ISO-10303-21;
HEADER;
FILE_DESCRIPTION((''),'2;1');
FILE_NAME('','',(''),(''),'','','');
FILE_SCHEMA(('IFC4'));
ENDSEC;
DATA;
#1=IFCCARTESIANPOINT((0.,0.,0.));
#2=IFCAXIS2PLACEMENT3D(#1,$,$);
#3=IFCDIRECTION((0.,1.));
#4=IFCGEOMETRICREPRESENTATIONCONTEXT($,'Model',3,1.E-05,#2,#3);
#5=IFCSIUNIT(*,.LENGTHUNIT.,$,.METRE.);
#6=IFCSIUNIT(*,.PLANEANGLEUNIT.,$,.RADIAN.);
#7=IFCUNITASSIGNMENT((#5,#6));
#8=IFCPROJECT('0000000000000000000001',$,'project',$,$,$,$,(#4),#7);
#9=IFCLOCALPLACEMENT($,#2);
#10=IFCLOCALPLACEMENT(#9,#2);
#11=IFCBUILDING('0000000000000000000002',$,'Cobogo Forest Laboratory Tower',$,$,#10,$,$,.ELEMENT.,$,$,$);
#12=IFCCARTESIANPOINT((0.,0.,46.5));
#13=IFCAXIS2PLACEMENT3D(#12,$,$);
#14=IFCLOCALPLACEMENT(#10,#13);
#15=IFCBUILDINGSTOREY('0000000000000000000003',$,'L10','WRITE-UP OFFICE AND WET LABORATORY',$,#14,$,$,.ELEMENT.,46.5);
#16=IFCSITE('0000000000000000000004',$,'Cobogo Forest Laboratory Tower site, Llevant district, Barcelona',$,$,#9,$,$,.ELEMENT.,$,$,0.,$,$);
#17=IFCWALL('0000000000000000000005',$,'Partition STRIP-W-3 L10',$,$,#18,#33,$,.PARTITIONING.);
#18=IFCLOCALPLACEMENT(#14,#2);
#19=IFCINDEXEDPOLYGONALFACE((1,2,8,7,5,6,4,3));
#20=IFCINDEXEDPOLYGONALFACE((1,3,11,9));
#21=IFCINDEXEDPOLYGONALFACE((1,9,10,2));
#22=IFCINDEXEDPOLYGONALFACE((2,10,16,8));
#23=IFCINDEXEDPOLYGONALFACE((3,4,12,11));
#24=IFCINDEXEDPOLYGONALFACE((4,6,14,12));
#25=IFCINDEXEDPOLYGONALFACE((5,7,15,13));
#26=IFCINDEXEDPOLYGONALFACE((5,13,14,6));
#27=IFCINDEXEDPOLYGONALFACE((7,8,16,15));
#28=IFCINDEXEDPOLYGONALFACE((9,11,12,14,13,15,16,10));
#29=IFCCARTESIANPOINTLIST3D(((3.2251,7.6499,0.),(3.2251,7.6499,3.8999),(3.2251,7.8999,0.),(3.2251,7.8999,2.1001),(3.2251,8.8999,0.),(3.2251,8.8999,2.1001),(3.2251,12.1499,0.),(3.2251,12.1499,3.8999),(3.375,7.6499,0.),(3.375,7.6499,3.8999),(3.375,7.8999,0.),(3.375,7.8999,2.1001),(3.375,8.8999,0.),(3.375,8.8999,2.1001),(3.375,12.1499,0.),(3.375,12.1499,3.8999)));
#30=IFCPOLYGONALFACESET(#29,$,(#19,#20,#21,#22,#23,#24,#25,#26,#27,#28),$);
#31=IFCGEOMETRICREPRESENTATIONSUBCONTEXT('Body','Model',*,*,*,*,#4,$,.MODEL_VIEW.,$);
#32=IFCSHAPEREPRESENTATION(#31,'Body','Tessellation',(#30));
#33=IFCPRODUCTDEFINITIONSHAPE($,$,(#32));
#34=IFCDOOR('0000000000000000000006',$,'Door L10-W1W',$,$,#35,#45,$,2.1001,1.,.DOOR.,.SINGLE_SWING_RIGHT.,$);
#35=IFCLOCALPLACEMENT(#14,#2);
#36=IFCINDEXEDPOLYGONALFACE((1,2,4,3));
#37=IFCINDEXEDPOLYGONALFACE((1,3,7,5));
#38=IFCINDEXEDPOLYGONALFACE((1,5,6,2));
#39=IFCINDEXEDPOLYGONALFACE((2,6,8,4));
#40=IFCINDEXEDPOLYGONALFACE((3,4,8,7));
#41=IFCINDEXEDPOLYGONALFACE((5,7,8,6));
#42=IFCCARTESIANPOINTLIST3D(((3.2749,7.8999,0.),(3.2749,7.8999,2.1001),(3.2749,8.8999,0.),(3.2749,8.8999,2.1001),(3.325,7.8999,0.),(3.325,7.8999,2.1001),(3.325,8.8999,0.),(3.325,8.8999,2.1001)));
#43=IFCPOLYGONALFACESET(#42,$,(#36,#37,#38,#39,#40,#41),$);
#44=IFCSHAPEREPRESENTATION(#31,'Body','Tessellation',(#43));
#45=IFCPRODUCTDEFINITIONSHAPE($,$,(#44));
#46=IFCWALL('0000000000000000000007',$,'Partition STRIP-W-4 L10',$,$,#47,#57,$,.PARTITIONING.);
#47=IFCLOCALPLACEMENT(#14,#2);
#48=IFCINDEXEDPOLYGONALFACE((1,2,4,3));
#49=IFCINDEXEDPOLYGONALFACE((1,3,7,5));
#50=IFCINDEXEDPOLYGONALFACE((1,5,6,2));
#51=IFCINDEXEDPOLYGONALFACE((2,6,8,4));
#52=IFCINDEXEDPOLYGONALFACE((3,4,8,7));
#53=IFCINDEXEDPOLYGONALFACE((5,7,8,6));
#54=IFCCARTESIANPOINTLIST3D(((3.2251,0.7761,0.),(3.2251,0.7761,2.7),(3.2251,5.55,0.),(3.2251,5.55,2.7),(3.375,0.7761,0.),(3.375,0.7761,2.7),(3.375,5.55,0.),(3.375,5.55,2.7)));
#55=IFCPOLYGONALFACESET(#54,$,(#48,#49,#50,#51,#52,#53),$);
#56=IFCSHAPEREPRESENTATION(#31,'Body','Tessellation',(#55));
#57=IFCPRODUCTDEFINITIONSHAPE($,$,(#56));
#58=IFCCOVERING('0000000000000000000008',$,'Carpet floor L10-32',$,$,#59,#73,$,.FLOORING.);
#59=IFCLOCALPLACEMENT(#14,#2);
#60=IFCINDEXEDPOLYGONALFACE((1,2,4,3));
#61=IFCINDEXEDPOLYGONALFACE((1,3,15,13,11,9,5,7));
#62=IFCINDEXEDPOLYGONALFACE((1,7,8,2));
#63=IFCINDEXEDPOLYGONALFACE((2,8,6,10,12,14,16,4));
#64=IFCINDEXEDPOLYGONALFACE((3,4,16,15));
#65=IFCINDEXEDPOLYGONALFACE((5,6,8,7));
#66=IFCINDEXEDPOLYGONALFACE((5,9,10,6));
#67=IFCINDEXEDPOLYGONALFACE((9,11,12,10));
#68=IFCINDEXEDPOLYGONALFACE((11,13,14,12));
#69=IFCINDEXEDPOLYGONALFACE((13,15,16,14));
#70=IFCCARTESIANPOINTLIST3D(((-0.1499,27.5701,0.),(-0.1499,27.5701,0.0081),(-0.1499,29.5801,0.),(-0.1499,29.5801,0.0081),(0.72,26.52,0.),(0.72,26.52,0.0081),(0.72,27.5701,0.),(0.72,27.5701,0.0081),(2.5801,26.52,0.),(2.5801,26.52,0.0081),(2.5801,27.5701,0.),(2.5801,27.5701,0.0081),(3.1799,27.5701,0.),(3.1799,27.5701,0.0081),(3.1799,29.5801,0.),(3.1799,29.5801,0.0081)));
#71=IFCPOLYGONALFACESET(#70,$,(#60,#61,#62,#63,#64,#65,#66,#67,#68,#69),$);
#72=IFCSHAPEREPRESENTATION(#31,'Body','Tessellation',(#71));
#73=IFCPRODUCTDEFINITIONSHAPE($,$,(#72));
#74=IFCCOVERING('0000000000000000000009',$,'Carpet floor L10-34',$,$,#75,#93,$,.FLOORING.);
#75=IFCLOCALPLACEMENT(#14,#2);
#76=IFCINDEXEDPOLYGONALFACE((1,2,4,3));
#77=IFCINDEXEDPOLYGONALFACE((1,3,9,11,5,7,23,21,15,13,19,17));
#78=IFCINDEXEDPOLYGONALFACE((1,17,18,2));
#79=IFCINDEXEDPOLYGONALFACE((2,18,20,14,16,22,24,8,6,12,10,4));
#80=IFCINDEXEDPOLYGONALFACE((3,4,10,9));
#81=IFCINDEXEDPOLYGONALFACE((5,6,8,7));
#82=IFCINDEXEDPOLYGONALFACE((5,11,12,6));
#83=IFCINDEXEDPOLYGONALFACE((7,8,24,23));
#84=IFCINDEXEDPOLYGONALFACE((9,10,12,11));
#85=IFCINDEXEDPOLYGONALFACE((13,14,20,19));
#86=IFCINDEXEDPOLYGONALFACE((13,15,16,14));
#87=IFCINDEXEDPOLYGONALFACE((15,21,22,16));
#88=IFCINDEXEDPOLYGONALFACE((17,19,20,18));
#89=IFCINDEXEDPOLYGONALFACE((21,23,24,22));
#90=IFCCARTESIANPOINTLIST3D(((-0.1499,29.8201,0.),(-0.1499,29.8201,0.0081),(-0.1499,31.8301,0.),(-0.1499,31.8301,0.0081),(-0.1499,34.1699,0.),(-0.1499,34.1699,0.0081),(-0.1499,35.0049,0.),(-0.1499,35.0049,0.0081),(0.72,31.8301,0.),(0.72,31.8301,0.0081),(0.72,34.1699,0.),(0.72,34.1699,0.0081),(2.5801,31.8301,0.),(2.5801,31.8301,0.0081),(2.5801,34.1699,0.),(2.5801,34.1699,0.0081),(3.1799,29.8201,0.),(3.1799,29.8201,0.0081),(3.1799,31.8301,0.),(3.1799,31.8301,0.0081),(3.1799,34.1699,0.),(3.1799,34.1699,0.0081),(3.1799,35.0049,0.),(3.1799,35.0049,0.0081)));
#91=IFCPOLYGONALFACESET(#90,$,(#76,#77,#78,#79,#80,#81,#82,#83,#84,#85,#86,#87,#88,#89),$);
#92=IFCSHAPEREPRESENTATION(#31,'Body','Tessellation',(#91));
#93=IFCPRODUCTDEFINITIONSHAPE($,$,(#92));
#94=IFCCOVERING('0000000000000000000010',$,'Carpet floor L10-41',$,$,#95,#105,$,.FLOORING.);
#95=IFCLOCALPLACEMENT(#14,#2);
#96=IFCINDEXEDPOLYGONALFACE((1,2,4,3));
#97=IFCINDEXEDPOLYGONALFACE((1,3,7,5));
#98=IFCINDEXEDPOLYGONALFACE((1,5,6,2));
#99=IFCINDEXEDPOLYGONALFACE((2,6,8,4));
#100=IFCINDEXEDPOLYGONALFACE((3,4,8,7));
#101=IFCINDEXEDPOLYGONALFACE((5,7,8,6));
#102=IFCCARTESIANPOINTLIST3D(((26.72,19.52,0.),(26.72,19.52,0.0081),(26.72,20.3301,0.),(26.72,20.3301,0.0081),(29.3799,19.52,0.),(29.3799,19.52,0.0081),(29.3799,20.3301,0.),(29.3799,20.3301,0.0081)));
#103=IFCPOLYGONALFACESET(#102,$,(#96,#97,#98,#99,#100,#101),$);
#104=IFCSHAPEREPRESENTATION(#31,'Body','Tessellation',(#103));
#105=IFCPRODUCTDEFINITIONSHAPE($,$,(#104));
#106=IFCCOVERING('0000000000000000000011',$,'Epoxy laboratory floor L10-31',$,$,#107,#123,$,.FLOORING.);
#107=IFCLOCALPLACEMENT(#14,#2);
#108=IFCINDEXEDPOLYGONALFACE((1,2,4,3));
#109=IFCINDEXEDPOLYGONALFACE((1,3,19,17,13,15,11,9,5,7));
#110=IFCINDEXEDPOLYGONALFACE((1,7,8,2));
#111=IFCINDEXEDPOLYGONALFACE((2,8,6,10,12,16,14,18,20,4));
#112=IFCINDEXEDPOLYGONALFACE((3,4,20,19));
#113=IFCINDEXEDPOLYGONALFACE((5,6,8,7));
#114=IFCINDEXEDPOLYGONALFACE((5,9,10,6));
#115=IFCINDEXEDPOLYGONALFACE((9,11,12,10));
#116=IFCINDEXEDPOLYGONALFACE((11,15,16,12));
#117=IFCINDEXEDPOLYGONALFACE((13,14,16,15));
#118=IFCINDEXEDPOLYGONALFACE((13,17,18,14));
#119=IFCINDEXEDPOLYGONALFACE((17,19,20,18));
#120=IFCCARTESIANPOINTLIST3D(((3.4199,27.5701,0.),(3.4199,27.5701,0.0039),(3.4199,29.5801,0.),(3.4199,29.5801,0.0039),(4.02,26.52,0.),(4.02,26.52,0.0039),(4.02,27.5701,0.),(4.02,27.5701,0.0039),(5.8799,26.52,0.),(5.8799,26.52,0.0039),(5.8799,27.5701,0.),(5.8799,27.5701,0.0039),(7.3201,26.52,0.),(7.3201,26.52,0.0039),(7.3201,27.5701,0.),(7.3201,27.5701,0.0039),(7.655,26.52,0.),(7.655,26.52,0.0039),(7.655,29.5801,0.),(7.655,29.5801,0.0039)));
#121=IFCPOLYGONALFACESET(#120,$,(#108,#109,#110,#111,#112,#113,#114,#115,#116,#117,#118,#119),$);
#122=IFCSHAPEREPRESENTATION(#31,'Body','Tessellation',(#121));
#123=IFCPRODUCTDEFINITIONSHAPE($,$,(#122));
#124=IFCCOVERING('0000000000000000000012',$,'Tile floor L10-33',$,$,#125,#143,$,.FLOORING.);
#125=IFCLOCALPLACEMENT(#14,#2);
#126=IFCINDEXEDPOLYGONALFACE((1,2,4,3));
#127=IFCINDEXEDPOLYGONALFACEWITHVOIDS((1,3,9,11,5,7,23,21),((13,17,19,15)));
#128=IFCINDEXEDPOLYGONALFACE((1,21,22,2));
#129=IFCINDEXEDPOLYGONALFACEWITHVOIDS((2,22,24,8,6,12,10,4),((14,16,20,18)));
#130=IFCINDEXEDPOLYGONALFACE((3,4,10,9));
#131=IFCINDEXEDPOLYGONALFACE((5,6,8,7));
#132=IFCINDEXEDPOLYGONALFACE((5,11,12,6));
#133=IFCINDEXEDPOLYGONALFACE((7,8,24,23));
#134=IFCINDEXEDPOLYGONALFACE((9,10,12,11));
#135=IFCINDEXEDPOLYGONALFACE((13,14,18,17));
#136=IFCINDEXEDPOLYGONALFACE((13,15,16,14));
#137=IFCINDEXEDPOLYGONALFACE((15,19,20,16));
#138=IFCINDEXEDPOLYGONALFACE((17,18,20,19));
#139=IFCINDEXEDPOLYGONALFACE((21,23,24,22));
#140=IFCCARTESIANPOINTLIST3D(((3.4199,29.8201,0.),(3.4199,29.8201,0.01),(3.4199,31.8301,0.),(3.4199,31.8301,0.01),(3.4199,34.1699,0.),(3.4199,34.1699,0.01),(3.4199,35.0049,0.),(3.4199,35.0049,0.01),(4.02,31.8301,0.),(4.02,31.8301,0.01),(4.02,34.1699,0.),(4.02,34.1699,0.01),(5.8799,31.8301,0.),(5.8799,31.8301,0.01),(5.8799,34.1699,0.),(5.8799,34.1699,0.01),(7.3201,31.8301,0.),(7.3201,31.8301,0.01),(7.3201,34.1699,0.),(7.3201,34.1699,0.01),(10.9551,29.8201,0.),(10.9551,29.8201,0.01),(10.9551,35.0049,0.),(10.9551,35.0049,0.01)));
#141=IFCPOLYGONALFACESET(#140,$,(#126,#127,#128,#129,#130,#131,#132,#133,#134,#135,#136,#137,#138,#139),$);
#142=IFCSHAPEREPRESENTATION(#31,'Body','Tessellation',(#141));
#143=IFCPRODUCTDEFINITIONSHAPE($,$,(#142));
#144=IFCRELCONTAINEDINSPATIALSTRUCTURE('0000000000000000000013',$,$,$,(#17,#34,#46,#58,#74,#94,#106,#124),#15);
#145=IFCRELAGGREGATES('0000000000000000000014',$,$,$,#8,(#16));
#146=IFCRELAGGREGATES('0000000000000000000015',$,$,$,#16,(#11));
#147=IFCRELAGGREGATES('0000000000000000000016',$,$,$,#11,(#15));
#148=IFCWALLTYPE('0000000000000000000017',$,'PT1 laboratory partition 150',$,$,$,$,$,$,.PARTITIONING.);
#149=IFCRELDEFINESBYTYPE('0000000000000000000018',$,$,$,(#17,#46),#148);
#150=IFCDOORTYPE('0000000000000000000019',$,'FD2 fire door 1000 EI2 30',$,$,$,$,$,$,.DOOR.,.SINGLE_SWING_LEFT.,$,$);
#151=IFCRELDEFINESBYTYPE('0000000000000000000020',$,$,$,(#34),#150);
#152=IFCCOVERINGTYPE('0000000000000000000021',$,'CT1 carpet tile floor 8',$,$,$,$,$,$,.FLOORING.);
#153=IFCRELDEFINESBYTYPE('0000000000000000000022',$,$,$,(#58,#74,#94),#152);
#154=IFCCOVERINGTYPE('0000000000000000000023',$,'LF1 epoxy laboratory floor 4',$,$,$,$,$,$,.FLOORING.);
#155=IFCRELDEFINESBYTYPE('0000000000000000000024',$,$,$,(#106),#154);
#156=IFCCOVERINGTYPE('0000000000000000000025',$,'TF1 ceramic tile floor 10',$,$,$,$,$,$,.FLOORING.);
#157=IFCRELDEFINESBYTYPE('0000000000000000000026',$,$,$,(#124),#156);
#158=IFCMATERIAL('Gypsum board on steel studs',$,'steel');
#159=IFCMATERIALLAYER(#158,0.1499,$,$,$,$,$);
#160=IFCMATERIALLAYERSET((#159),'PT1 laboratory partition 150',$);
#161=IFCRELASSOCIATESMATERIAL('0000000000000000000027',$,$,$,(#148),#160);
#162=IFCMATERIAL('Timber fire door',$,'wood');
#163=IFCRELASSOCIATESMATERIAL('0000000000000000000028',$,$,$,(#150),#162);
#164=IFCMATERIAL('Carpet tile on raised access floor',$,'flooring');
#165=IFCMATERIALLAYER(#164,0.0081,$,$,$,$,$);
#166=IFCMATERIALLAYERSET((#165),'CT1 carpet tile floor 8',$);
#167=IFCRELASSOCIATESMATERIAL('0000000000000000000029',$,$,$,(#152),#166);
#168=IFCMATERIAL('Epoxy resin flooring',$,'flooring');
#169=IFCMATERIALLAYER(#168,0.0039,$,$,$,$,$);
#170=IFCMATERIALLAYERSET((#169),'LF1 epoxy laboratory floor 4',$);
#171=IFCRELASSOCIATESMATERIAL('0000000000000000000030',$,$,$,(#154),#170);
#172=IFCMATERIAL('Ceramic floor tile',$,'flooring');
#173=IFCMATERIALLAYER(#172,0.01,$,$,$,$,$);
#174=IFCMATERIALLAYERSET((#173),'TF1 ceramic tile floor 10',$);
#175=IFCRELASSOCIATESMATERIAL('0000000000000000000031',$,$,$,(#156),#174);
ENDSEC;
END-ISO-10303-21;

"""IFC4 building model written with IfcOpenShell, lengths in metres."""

from ifc_helpers import new_model, si_unit, direction, frame, frame_2d, origin, place, context, subcontext, project, spatial, polyline, rectangle, outline, extrude, material, layer, layer_set, type_object, element, fill, save


model = new_model("IFC4")

# Units and contexts
model_context = context("Model", 3, precision=1e-05, world=origin(), true_north=direction((0.0, 1.0)))
body_context = subcontext(model_context, "Body", "Model", "MODEL_VIEW")
ifc_project = project(units=[si_unit("LENGTHUNIT", "METRE"), si_unit("PLANEANGLEUNIT", "RADIAN")], contexts=[model_context])

# Site, building, storey
site_placement = place(None, origin())
site = spatial("IfcSite", under=ifc_project, at=site_placement, Name="Cobogo Forest Laboratory Tower site, Llevant district, Barcelona", CompositionType="ELEMENT", RefElevation=0.0)
building_placement = place(site_placement, origin())
building = spatial("IfcBuilding", under=site, at=building_placement, Name="Cobogo Forest Laboratory Tower", CompositionType="ELEMENT")
storey_placement = place(building_placement, frame((0.0, 0.0, 46.5)))
storey = spatial("IfcBuildingStorey", under=building, at=storey_placement, Name="L10", Description="WRITE-UP OFFICE AND WET LABORATORY", CompositionType="ELEMENT", Elevation=46.5)

# Wall, opening, door
ifc_material_1 = material(Name="Gypsum board on steel studs", Category="steel")
ifc_layer_1 = layer(ifc_material_1, 0.1499)
ifc_layer_set_1 = layer_set([ifc_layer_1], Name="PT1 laboratory partition 150")
wall_type = type_object("IfcWallType", Name="PT1 laboratory partition 150", PredefinedType="PARTITIONING", material=ifc_layer_set_1)
wall_1_placement = place(storey_placement, frame((3.3, 12.1499, 0.0), z_axis=(0.0, 0.0, 1.0), x_axis=(0.0, -1.0, 0.0)))
wall_1 = element("IfcWall", 1, at=wall_1_placement, inside=storey, type_object=wall_type, Name="Partition STRIP-W-3 L10", PredefinedType="PARTITIONING", context=body_context, shape_type="SweptSolid", body=[
    extrude(rectangle(XDim=4.5, YDim=0.1499, at=frame_2d((2.25, 0.0))), origin(), (0.0, 0.0, 1.0), 3.8999),
])
opening_placement = place(wall_1_placement, frame((3.25, 0.0, 0.0)))
opening = element("IfcOpeningElement", 2, at=opening_placement, cuts=wall_1, PredefinedType="OPENING", context=body_context, shape_type="SweptSolid", body=[
    extrude(rectangle(XDim=1.0, YDim=2.1001, at=frame_2d((0.5, 1.05))), frame((0.0, 0.085, 0.0), z_axis=(0.0, -1.0, 0.0), x_axis=(1.0, 0.0, 0.0)), (0.0, 0.0, 1.0), 0.1699),
])
ifc_material_2 = material(Name="Timber fire door", Category="wood")
door_type = type_object("IfcDoorType", Name="FD2 fire door 1000 EI2 30", OperationType="SINGLE_SWING_LEFT", PredefinedType="DOOR", material=ifc_material_2)
door_placement = place(opening_placement, origin())
door = element("IfcDoor", 3, at=door_placement, inside=storey, type_object=door_type, Name="Door L10-W1W", OperationType="SINGLE_SWING_RIGHT", OverallHeight=2.1001, OverallWidth=1.0, PredefinedType="DOOR", context=body_context, shape_type="SweptSolid", body=[
    extrude(rectangle(XDim=1.0, YDim=2.1001, at=frame_2d((0.5, 1.05))), frame((0.0, 0.0249, 0.0), z_axis=(0.0, -1.0, 0.0), x_axis=(1.0, 0.0, 0.0)), (0.0, 0.0, 1.0), 0.05),
])
fill(opening, door)

# Wall
wall_2_placement = place(storey_placement, frame((3.3, 5.55, 0.0), z_axis=(0.0, 0.0, 1.0), x_axis=(0.0, -1.0, 0.0)))
element("IfcWall", 4, at=wall_2_placement, inside=storey, type_object=wall_type, Name="Partition STRIP-W-4 L10", PredefinedType="PARTITIONING", context=body_context, shape_type="SweptSolid", body=[
    extrude(rectangle(XDim=4.7739, YDim=0.1499, at=frame_2d((2.387, 0.0))), origin(), (0.0, 0.0, 1.0), 2.7),
])

# Coverings
ifc_material_3 = material(Name="Carpet tile on raised access floor", Category="flooring")
ifc_layer_2 = layer(ifc_material_3, 0.0081)
ifc_layer_set_2 = layer_set([ifc_layer_2], Name="CT1 carpet tile floor 8")
covering_type_1 = type_object("IfcCoveringType", Name="CT1 carpet tile floor 8", PredefinedType="FLOORING", material=ifc_layer_set_2)
covering_1_placement = place(storey_placement, origin())
element("IfcCovering", 5, at=covering_1_placement, inside=storey, type_object=covering_type_1, Name="Carpet floor L10-32", PredefinedType="FLOORING", context=body_context, shape_type="SweptSolid", body=[
    extrude(outline(polyline([(3.1799, 27.5701), (2.5801, 27.5701), (2.5801, 26.52), (0.72, 26.52), (0.72, 27.5701), (-0.1499, 27.5701), (-0.1499, 29.5801), (3.1799, 29.5801), (3.1799, 27.5701)])), origin(), (0.0, 0.0, 1.0), 0.0081),
])
covering_2_placement = place(storey_placement, origin())
element("IfcCovering", 6, at=covering_2_placement, inside=storey, type_object=covering_type_1, Name="Carpet floor L10-34", PredefinedType="FLOORING", context=body_context, shape_type="SweptSolid", body=[
    extrude(outline(polyline([(3.1799, 34.1699), (2.5801, 34.1699), (2.5801, 31.8301), (3.1799, 31.8301), (3.1799, 29.8201), (-0.1499, 29.8201), (-0.1499, 31.8301), (0.72, 31.8301), (0.72, 34.1699), (-0.1499, 34.1699), (-0.1499, 35.0049), (3.1799, 35.0049), (3.1799, 34.1699)])), origin(), (0.0, 0.0, 1.0), 0.0081),
])
covering_3_placement = place(storey_placement, origin())
element("IfcCovering", 7, at=covering_3_placement, inside=storey, type_object=covering_type_1, Name="Carpet floor L10-41", PredefinedType="FLOORING", context=body_context, shape_type="SweptSolid", body=[
    extrude(outline(polyline([(29.3799, 19.52), (26.72, 19.52), (26.72, 20.3301), (29.3799, 20.3301), (29.3799, 19.52)])), origin(), (0.0, 0.0, 1.0), 0.0081),
])
ifc_material_4 = material(Name="Epoxy resin flooring", Category="flooring")
ifc_layer_3 = layer(ifc_material_4, 0.0039)
ifc_layer_set_3 = layer_set([ifc_layer_3], Name="LF1 epoxy laboratory floor 4")
covering_type_2 = type_object("IfcCoveringType", Name="LF1 epoxy laboratory floor 4", PredefinedType="FLOORING", material=ifc_layer_set_3)
covering_4_placement = place(storey_placement, origin())
element("IfcCovering", 8, at=covering_4_placement, inside=storey, type_object=covering_type_2, Name="Epoxy laboratory floor L10-31", PredefinedType="FLOORING", context=body_context, shape_type="SweptSolid", body=[
    extrude(outline(polyline([(3.4199, 29.5801), (7.655, 29.5801), (7.655, 26.52), (7.3201, 26.52), (7.3201, 27.5701), (5.8799, 27.5701), (5.8799, 26.52), (4.02, 26.52), (4.02, 27.5701), (3.4199, 27.5701), (3.4199, 29.5801)])), origin(), (0.0, 0.0, 1.0), 0.0039),
])
ifc_material_5 = material(Name="Ceramic floor tile", Category="flooring")
ifc_layer_4 = layer(ifc_material_5, 0.01)
ifc_layer_set_4 = layer_set([ifc_layer_4], Name="TF1 ceramic tile floor 10")
covering_type_3 = type_object("IfcCoveringType", Name="TF1 ceramic tile floor 10", PredefinedType="FLOORING", material=ifc_layer_set_4)
covering_5_placement = place(storey_placement, origin())
element("IfcCovering", 9, at=covering_5_placement, inside=storey, type_object=covering_type_3, Name="Tile floor L10-33", PredefinedType="FLOORING", context=body_context, shape_type="SweptSolid", body=[
    extrude(outline(polyline([(3.4199, 31.8301), (4.02, 31.8301), (4.02, 34.1699), (3.4199, 34.1699), (3.4199, 35.0049), (10.9551, 35.0049), (10.9551, 29.8201), (3.4199, 29.8201), (3.4199, 31.8301)]), holes=[polyline([(5.8799, 31.8301), (7.3201, 31.8301), (7.3201, 34.1699), (5.8799, 34.1699), (5.8799, 31.8301)])]), origin(), (0.0, 0.0, 1.0), 0.01),
])

save(model, "model.ifc")
